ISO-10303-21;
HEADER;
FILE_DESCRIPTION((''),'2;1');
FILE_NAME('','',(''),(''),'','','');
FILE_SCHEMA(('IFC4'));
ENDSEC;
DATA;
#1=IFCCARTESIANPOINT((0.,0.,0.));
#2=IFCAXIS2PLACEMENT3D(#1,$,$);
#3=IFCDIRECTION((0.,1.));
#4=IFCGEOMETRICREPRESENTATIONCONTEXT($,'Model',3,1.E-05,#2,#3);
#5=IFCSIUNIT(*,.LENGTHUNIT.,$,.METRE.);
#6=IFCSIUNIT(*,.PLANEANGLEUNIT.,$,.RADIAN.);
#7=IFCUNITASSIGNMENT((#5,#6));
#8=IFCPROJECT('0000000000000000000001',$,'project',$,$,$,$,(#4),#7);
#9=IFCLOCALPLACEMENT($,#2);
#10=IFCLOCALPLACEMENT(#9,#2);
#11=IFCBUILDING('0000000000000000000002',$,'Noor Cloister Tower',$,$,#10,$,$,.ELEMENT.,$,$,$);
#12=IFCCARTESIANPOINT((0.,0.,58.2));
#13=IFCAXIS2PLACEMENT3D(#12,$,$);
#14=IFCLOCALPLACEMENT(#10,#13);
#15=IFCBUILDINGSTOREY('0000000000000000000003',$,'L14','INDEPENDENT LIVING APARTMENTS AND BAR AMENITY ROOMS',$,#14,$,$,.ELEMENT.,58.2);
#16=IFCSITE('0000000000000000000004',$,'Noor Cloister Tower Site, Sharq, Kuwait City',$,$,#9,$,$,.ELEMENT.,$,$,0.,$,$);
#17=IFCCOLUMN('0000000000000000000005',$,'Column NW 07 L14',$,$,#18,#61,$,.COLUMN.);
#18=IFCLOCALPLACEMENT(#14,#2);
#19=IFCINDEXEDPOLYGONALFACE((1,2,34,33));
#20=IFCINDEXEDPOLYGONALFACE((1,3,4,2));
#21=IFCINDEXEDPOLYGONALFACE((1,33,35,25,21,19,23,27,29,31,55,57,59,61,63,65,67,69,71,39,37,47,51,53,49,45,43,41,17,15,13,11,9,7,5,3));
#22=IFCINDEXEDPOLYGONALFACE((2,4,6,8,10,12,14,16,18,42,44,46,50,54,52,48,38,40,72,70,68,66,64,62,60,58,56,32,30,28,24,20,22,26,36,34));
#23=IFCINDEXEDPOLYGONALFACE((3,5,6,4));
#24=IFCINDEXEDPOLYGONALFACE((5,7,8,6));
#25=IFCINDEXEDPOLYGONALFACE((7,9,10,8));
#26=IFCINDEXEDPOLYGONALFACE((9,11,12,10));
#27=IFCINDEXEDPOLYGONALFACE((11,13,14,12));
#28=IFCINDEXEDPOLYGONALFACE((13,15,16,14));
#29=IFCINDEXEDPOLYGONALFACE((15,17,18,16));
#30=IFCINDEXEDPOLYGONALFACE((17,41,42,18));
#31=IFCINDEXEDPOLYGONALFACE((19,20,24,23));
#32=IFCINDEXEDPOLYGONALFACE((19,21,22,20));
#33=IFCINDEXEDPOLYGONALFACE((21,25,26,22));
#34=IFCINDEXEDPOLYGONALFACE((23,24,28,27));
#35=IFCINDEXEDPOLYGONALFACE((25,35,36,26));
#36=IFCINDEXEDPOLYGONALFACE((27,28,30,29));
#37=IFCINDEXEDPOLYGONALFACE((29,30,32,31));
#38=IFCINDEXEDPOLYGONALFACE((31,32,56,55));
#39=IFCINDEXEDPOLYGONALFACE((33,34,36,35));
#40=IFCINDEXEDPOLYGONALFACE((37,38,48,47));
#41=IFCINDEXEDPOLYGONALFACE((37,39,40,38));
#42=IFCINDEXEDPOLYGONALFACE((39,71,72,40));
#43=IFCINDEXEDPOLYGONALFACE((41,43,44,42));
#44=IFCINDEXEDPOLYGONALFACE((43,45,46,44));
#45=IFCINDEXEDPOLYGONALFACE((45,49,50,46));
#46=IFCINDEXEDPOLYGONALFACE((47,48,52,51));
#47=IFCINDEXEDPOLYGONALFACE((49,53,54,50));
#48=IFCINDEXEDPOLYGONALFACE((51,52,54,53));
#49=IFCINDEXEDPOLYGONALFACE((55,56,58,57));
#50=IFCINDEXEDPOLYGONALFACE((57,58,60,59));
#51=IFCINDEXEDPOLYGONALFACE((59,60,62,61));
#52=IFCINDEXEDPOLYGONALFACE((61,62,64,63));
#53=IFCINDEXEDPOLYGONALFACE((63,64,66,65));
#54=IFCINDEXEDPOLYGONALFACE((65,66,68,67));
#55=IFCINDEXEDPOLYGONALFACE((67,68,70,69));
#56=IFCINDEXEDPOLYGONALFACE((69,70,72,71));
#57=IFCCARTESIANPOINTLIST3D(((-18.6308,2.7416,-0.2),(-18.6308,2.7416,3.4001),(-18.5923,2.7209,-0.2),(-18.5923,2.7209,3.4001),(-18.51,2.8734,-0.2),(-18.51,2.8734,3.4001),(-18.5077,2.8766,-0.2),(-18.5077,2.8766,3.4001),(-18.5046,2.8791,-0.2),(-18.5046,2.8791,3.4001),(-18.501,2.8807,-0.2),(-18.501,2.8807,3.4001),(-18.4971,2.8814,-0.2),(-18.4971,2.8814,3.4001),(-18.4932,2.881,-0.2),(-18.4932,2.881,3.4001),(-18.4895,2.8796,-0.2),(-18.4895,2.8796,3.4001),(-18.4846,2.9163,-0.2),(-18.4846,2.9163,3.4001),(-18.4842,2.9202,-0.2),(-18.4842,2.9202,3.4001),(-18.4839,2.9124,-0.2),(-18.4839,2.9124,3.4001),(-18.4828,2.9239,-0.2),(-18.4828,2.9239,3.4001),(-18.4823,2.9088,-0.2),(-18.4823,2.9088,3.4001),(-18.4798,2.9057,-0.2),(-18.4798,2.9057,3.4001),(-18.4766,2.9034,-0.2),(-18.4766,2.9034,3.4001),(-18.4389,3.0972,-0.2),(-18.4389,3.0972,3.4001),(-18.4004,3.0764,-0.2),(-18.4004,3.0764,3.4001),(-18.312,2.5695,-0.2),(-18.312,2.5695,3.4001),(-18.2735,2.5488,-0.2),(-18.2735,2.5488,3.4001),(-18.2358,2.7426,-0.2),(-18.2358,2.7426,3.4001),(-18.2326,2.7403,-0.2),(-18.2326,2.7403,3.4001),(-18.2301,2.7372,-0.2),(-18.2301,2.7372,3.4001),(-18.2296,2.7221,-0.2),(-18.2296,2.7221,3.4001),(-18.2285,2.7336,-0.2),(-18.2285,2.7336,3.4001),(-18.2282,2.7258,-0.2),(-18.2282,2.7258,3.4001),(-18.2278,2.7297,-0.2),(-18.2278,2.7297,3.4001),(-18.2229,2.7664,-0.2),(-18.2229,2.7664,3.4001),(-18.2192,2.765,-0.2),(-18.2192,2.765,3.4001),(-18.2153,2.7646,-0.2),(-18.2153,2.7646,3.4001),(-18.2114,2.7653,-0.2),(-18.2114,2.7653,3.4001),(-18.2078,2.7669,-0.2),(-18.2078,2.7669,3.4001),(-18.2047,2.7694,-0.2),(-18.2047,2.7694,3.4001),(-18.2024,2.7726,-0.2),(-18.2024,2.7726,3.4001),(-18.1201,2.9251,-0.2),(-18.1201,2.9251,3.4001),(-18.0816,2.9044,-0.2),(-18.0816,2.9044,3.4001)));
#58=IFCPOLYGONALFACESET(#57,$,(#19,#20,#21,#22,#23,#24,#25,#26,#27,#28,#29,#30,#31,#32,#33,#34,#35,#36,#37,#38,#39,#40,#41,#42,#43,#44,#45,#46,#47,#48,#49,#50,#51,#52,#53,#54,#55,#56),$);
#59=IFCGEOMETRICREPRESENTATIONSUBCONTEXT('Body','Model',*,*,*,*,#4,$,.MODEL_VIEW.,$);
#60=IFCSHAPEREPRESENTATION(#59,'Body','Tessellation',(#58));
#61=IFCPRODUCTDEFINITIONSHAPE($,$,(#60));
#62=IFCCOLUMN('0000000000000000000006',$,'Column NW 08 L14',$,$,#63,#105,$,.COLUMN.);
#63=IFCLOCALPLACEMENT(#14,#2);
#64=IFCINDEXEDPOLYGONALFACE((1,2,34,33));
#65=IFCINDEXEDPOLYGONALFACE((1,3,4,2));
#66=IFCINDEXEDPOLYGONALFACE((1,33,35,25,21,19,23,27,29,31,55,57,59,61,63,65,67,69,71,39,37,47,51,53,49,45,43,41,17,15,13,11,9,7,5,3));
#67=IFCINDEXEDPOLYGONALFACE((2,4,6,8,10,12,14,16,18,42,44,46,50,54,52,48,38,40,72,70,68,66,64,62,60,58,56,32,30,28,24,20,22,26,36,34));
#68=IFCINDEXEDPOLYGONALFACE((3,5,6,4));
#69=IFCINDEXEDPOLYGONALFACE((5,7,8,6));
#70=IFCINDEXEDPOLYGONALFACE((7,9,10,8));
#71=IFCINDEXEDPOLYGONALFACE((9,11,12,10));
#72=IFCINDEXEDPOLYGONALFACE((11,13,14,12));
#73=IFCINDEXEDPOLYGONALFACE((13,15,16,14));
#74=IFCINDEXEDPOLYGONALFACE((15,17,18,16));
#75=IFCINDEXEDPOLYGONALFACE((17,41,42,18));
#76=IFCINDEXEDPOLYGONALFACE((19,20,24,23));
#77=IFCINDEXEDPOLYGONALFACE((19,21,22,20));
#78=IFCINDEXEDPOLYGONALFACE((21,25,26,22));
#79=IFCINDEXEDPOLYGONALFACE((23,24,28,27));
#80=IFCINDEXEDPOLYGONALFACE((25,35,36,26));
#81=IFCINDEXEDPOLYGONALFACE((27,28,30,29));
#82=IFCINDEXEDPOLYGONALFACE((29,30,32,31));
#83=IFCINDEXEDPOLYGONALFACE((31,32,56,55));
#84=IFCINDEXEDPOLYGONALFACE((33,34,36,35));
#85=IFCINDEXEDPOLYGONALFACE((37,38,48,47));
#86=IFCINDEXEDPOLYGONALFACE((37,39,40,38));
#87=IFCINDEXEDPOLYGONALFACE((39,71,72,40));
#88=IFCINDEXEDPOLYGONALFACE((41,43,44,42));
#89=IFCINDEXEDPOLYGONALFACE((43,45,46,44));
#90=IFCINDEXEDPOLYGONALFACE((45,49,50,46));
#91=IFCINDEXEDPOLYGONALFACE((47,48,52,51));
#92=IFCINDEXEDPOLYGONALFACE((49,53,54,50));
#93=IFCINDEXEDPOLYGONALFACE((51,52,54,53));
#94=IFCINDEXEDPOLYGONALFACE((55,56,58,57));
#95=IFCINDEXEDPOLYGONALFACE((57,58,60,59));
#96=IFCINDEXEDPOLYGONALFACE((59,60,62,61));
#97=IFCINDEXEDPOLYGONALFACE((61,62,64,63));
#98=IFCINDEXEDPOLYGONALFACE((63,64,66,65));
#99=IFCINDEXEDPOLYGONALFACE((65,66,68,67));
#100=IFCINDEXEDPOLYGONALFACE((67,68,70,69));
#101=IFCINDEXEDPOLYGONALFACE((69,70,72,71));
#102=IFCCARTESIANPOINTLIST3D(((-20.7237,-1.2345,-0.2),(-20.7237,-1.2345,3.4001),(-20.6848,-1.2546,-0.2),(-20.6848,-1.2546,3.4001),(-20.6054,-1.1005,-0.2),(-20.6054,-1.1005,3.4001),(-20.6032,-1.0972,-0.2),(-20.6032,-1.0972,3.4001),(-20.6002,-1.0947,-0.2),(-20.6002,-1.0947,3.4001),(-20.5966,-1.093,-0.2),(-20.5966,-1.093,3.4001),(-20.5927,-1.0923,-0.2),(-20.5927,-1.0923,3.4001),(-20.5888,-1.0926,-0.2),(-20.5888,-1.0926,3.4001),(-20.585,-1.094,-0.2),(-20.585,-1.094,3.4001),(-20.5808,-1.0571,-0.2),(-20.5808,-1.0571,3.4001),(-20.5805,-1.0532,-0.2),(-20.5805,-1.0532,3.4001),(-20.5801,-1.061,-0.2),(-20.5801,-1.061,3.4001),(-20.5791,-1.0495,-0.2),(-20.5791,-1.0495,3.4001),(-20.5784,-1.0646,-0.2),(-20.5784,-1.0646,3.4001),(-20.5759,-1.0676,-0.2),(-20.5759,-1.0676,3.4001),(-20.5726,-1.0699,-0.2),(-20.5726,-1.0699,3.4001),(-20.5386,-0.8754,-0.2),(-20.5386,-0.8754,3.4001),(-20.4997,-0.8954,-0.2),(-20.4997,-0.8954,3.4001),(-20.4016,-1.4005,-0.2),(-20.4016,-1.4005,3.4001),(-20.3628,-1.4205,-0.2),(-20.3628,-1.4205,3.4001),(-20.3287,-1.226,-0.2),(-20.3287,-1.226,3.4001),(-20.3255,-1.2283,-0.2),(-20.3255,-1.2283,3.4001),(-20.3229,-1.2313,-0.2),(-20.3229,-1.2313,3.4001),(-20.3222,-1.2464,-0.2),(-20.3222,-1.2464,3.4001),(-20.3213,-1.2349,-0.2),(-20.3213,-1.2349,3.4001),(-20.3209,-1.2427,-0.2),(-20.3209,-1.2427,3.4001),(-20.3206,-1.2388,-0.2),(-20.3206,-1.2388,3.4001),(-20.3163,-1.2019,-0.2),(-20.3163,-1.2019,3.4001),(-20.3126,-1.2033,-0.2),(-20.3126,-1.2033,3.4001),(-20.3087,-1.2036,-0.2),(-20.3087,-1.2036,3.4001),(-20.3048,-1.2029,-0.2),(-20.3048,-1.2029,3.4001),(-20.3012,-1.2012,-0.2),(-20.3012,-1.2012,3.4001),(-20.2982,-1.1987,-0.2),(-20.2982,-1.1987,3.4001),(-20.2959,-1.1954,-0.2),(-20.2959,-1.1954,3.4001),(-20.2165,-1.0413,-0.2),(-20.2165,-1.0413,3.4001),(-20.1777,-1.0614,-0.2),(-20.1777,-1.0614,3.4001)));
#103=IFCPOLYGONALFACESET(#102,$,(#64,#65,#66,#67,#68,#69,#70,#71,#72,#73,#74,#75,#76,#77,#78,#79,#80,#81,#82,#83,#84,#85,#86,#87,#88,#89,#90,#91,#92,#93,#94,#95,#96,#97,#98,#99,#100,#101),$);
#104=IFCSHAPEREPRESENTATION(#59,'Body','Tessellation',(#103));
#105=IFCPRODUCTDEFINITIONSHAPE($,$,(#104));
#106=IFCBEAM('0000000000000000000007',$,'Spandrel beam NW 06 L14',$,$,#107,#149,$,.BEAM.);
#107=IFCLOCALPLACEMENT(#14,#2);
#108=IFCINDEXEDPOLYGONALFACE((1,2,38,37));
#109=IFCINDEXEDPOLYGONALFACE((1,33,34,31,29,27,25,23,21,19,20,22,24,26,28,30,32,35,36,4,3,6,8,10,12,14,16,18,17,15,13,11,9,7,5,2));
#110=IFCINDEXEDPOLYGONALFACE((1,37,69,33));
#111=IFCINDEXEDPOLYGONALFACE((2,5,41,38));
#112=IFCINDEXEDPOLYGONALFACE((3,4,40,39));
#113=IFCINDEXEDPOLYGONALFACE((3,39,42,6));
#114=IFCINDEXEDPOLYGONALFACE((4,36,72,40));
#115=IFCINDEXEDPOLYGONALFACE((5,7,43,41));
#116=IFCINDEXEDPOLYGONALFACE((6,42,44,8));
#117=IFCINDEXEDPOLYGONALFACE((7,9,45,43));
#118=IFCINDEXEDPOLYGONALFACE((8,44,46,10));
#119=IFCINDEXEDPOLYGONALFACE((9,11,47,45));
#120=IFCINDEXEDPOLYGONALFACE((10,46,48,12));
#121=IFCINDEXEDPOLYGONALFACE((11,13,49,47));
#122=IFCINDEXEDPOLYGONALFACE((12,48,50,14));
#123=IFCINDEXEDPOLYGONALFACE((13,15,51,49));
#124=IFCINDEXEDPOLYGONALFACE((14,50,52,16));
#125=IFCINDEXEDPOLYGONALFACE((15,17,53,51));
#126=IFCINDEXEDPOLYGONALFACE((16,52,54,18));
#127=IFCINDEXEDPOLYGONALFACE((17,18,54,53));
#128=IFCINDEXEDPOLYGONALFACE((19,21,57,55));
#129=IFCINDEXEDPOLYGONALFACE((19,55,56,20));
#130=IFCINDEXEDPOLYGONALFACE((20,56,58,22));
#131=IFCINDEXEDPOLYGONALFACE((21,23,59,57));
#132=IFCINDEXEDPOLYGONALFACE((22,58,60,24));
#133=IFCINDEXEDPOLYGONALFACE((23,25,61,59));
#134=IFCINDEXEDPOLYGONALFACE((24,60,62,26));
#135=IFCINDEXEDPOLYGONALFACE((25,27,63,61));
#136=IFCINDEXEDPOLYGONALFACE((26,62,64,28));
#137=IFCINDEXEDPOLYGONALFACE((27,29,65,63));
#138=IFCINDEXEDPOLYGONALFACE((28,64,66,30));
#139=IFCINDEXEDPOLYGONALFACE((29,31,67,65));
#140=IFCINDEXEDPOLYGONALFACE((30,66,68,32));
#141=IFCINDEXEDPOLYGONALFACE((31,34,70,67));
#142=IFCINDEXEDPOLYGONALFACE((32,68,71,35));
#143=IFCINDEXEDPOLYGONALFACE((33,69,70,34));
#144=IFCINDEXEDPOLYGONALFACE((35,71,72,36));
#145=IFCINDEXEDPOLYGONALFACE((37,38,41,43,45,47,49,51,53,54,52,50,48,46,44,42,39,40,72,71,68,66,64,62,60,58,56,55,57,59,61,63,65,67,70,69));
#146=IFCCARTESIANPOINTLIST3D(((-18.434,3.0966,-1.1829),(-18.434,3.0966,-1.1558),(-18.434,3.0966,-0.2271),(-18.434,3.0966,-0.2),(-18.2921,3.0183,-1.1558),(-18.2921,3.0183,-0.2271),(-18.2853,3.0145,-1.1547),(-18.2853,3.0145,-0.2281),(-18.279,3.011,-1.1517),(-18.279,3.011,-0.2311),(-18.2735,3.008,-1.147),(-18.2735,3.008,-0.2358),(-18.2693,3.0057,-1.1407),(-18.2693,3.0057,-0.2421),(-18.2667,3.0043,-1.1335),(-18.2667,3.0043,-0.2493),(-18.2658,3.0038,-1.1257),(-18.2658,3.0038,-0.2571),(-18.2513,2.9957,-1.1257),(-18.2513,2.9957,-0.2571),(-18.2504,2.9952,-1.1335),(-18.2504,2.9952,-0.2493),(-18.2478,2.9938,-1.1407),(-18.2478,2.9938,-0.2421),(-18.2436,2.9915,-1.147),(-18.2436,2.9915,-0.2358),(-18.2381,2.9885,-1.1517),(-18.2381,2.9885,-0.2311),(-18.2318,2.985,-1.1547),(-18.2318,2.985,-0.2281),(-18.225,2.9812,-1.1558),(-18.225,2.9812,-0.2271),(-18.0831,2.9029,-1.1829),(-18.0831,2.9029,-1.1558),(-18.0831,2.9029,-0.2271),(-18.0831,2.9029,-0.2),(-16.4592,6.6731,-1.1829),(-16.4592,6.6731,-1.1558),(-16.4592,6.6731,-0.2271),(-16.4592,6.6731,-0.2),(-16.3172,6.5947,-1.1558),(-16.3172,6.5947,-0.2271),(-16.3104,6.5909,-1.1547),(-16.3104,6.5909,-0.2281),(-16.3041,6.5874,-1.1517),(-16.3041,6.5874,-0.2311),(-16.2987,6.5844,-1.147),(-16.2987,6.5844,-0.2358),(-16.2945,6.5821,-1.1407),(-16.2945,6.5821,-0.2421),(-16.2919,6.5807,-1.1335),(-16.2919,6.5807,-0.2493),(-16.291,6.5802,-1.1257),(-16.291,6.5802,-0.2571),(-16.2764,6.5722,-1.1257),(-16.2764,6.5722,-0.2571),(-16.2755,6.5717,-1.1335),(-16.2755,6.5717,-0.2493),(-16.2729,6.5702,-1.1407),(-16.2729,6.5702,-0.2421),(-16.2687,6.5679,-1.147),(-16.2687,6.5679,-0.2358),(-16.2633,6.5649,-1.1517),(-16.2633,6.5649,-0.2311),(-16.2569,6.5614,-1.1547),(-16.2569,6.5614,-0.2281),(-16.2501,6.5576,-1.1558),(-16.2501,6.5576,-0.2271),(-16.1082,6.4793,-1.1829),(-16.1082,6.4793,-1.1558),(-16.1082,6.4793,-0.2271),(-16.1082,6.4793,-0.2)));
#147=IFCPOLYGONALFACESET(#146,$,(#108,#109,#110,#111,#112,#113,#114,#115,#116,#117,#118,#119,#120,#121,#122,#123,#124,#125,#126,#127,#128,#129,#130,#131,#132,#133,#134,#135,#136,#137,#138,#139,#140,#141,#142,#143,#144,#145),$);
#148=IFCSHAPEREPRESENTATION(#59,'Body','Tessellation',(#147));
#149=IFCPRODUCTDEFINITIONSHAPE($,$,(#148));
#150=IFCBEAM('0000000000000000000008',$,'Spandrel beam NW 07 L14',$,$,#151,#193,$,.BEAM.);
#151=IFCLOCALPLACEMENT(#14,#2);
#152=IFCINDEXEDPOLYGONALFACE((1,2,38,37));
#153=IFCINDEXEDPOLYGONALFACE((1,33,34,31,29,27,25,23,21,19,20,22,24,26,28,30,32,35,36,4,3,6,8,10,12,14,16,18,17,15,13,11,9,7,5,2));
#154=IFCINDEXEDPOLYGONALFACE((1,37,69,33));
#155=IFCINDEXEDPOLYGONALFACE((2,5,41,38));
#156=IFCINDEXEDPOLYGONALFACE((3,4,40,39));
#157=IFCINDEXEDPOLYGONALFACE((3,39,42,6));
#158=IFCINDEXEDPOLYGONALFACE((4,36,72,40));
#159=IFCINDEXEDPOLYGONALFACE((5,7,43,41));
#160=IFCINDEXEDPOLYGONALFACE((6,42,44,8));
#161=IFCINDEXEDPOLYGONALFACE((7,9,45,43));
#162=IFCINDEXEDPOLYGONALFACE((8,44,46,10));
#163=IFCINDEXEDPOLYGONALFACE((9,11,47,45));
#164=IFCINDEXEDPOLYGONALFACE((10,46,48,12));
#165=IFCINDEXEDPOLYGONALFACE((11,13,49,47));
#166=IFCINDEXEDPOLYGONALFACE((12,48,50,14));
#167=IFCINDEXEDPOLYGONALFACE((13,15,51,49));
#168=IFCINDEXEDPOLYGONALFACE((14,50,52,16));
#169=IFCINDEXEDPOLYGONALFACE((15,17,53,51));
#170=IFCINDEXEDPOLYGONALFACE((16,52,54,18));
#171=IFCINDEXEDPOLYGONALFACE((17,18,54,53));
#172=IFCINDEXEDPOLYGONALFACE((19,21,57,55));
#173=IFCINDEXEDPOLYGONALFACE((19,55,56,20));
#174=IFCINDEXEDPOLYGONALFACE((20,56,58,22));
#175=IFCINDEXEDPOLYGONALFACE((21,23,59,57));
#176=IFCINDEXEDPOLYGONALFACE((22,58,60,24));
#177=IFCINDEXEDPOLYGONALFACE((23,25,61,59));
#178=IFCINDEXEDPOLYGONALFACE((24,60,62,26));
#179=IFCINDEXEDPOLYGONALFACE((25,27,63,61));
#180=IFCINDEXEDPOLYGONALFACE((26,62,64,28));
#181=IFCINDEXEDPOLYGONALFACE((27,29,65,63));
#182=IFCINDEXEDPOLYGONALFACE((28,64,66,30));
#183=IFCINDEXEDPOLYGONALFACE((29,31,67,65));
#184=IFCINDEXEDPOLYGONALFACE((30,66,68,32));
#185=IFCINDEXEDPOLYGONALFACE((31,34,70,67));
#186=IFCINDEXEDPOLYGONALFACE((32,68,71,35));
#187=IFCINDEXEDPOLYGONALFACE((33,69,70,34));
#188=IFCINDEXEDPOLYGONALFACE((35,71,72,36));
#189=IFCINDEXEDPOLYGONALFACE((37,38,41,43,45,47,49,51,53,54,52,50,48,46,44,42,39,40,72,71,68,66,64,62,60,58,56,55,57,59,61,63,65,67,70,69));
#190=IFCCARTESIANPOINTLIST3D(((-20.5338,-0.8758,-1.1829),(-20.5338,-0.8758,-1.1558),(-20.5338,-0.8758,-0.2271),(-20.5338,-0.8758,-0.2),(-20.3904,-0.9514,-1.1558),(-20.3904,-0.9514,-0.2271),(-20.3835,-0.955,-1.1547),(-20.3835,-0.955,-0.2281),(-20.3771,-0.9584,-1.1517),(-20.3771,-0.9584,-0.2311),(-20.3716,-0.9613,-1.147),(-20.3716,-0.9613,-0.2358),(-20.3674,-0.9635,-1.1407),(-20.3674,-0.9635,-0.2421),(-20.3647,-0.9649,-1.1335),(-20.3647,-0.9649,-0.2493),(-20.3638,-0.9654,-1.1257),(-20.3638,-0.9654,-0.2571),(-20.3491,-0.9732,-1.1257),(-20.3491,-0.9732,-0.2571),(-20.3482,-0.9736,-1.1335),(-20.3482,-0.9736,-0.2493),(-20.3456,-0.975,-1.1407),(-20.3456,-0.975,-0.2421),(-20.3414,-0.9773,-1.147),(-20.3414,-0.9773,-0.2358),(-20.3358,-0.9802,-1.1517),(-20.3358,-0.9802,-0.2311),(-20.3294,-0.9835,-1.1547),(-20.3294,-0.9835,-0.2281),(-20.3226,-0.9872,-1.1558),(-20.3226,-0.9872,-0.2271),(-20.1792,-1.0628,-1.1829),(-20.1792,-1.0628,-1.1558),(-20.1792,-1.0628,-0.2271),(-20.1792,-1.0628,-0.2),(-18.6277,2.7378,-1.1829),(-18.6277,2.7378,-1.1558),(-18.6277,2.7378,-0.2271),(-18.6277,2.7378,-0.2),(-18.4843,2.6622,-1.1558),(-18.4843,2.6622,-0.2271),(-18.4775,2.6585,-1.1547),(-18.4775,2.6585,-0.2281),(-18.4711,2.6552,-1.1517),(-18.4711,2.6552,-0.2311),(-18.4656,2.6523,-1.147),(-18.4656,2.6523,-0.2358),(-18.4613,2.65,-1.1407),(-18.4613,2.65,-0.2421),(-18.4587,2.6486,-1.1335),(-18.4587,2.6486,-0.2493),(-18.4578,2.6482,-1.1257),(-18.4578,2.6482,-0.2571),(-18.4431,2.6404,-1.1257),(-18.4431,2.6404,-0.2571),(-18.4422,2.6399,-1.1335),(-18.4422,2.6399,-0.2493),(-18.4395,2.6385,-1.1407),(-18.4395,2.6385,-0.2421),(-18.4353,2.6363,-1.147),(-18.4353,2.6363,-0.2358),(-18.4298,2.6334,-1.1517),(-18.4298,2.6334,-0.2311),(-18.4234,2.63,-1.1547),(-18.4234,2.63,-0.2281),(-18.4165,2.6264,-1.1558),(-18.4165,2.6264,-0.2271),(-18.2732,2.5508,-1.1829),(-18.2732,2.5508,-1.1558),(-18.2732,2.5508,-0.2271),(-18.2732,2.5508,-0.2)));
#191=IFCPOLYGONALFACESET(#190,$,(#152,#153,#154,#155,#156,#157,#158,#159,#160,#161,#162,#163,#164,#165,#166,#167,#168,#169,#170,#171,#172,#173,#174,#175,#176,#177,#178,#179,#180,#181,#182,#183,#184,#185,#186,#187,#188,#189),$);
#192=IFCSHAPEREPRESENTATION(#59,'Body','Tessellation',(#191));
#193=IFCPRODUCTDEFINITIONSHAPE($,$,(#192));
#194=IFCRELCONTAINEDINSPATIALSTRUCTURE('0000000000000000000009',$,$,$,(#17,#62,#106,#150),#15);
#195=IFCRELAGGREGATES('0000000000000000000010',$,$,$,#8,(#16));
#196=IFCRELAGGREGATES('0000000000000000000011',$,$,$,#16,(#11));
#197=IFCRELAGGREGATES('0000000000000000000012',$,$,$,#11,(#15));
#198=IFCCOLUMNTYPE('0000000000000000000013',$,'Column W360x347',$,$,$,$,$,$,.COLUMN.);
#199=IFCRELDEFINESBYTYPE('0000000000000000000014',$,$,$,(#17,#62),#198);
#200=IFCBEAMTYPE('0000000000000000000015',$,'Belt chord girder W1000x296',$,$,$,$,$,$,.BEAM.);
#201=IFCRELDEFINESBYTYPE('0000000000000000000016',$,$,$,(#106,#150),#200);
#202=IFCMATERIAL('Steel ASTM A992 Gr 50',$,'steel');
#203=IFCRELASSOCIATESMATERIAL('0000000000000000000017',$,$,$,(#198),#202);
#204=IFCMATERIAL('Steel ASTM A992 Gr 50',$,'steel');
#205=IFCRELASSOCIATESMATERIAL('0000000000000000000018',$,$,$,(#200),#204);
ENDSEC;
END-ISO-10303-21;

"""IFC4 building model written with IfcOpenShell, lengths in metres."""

from ifc_helpers import new_model, si_unit, direction, frame, origin, origin_2d, place, context, subcontext, project, spatial, i_section, extrude, material, material_profile, profile_set, type_object, element, save


model = new_model("IFC4")

# Units and contexts
model_context = context("Model", 3, precision=1e-05, world=origin(), true_north=direction((0.0, 1.0)))
body_context = subcontext(model_context, "Body", "Model", "MODEL_VIEW")
ifc_project = project(units=[si_unit("LENGTHUNIT", "METRE"), si_unit("PLANEANGLEUNIT", "RADIAN")], contexts=[model_context])

# Site, building, storey
site_placement = place(None, origin())
site = spatial("IfcSite", under=ifc_project, at=site_placement, Name="Noor Cloister Tower Site, Sharq, Kuwait City", CompositionType="ELEMENT", RefElevation=0.0)
building_placement = place(site_placement, origin())
building = spatial("IfcBuilding", under=site, at=building_placement, Name="Noor Cloister Tower", CompositionType="ELEMENT")
storey_placement = place(building_placement, frame((0.0, 0.0, 58.2)))
storey = spatial("IfcBuildingStorey", under=building, at=storey_placement, Name="L14", Description="INDEPENDENT LIVING APARTMENTS AND BAR AMENITY ROOMS", CompositionType="ELEMENT", Elevation=58.2)

# Columns
ifc_material_1 = material(Name="Steel ASTM A992 Gr 50", Category="steel")
ifc_material_profile_1 = material_profile(ifc_material_1, i_section(OverallWidth=0.4041, OverallDepth=0.406, WebThickness=0.0271, FlangeThickness=0.0437, FilletRadius=0.0151, at=origin_2d()), Name="W360x347")
ifc_profile_set_1 = profile_set([ifc_material_profile_1], Name="Steel ASTM A992 Gr 50")
column_type = type_object("IfcColumnType", Name="Column W360x347", PredefinedType="COLUMN", material=ifc_profile_set_1)
for number, where, z_axis, x_axis, name in (
    (1, (-18.3562, 2.823, -0.2), (0.0, 0.0, 1.0), (-0.474991, -0.87999, 0.0), "Column NW 07 L14"),
    (2, (-20.4507, -1.1479, -0.2), (0.0, 0.0, 1.0), (-0.458101, -0.8889, 0.0), "Column NW 08 L14"),
):
    element("IfcColumn", number, at=place(storey_placement, frame(where, z_axis=z_axis, x_axis=x_axis)), inside=storey, type_object=column_type, Name=name, PredefinedType="COLUMN", context=body_context, shape_type="SweptSolid", body=[
        extrude(i_section(OverallWidth=0.4041, OverallDepth=0.406, WebThickness=0.0271, FlangeThickness=0.0437, FilletRadius=0.0151, at=origin_2d()), origin(), (0.0, 0.0, 1.0), 3.6001),
    ])

# Beams
ifc_material_2 = material(Name="Steel ASTM A992 Gr 50", Category="steel")
ifc_material_profile_2 = material_profile(ifc_material_2, i_section(OverallWidth=0.4009, OverallDepth=0.9829, WebThickness=0.0166, FlangeThickness=0.0271, FilletRadius=0.03, at=origin_2d()), Name="W1000x296")
ifc_profile_set_2 = profile_set([ifc_material_profile_2], Name="Steel ASTM A992 Gr 50")
beam_type_1 = type_object("IfcBeamType", Name="Belt chord girder W1000x296", PredefinedType="BEAM", material=ifc_profile_set_2)
for number, where, z_axis, x_axis, name in (
    (3, (-16.2837, 6.5762, -0.6914), (-0.483389, -0.875406, 0.0), (0.875406, -0.483389, 0.0), "Spandrel beam NW 06 L14"),
    (4, (-18.4504, 2.6443, -0.6914), (-0.466542, -0.884499, 0.0), (0.884499, -0.466542, 0.0), "Spandrel beam NW 07 L14"),
):
    element("IfcBeam", number, at=place(storey_placement, frame(where, z_axis=z_axis, x_axis=x_axis)), inside=storey, type_object=beam_type_1, Name=name, PredefinedType="BEAM", context=body_context, shape_type="SweptSolid", body=[
        extrude(i_section(OverallWidth=0.4009, OverallDepth=0.9829, WebThickness=0.0166, FlangeThickness=0.0271, FilletRadius=0.03, at=origin_2d()), origin(), (0.0, 0.0, 1.0), 4.0854),
    ])

save(model, "model.ifc")
